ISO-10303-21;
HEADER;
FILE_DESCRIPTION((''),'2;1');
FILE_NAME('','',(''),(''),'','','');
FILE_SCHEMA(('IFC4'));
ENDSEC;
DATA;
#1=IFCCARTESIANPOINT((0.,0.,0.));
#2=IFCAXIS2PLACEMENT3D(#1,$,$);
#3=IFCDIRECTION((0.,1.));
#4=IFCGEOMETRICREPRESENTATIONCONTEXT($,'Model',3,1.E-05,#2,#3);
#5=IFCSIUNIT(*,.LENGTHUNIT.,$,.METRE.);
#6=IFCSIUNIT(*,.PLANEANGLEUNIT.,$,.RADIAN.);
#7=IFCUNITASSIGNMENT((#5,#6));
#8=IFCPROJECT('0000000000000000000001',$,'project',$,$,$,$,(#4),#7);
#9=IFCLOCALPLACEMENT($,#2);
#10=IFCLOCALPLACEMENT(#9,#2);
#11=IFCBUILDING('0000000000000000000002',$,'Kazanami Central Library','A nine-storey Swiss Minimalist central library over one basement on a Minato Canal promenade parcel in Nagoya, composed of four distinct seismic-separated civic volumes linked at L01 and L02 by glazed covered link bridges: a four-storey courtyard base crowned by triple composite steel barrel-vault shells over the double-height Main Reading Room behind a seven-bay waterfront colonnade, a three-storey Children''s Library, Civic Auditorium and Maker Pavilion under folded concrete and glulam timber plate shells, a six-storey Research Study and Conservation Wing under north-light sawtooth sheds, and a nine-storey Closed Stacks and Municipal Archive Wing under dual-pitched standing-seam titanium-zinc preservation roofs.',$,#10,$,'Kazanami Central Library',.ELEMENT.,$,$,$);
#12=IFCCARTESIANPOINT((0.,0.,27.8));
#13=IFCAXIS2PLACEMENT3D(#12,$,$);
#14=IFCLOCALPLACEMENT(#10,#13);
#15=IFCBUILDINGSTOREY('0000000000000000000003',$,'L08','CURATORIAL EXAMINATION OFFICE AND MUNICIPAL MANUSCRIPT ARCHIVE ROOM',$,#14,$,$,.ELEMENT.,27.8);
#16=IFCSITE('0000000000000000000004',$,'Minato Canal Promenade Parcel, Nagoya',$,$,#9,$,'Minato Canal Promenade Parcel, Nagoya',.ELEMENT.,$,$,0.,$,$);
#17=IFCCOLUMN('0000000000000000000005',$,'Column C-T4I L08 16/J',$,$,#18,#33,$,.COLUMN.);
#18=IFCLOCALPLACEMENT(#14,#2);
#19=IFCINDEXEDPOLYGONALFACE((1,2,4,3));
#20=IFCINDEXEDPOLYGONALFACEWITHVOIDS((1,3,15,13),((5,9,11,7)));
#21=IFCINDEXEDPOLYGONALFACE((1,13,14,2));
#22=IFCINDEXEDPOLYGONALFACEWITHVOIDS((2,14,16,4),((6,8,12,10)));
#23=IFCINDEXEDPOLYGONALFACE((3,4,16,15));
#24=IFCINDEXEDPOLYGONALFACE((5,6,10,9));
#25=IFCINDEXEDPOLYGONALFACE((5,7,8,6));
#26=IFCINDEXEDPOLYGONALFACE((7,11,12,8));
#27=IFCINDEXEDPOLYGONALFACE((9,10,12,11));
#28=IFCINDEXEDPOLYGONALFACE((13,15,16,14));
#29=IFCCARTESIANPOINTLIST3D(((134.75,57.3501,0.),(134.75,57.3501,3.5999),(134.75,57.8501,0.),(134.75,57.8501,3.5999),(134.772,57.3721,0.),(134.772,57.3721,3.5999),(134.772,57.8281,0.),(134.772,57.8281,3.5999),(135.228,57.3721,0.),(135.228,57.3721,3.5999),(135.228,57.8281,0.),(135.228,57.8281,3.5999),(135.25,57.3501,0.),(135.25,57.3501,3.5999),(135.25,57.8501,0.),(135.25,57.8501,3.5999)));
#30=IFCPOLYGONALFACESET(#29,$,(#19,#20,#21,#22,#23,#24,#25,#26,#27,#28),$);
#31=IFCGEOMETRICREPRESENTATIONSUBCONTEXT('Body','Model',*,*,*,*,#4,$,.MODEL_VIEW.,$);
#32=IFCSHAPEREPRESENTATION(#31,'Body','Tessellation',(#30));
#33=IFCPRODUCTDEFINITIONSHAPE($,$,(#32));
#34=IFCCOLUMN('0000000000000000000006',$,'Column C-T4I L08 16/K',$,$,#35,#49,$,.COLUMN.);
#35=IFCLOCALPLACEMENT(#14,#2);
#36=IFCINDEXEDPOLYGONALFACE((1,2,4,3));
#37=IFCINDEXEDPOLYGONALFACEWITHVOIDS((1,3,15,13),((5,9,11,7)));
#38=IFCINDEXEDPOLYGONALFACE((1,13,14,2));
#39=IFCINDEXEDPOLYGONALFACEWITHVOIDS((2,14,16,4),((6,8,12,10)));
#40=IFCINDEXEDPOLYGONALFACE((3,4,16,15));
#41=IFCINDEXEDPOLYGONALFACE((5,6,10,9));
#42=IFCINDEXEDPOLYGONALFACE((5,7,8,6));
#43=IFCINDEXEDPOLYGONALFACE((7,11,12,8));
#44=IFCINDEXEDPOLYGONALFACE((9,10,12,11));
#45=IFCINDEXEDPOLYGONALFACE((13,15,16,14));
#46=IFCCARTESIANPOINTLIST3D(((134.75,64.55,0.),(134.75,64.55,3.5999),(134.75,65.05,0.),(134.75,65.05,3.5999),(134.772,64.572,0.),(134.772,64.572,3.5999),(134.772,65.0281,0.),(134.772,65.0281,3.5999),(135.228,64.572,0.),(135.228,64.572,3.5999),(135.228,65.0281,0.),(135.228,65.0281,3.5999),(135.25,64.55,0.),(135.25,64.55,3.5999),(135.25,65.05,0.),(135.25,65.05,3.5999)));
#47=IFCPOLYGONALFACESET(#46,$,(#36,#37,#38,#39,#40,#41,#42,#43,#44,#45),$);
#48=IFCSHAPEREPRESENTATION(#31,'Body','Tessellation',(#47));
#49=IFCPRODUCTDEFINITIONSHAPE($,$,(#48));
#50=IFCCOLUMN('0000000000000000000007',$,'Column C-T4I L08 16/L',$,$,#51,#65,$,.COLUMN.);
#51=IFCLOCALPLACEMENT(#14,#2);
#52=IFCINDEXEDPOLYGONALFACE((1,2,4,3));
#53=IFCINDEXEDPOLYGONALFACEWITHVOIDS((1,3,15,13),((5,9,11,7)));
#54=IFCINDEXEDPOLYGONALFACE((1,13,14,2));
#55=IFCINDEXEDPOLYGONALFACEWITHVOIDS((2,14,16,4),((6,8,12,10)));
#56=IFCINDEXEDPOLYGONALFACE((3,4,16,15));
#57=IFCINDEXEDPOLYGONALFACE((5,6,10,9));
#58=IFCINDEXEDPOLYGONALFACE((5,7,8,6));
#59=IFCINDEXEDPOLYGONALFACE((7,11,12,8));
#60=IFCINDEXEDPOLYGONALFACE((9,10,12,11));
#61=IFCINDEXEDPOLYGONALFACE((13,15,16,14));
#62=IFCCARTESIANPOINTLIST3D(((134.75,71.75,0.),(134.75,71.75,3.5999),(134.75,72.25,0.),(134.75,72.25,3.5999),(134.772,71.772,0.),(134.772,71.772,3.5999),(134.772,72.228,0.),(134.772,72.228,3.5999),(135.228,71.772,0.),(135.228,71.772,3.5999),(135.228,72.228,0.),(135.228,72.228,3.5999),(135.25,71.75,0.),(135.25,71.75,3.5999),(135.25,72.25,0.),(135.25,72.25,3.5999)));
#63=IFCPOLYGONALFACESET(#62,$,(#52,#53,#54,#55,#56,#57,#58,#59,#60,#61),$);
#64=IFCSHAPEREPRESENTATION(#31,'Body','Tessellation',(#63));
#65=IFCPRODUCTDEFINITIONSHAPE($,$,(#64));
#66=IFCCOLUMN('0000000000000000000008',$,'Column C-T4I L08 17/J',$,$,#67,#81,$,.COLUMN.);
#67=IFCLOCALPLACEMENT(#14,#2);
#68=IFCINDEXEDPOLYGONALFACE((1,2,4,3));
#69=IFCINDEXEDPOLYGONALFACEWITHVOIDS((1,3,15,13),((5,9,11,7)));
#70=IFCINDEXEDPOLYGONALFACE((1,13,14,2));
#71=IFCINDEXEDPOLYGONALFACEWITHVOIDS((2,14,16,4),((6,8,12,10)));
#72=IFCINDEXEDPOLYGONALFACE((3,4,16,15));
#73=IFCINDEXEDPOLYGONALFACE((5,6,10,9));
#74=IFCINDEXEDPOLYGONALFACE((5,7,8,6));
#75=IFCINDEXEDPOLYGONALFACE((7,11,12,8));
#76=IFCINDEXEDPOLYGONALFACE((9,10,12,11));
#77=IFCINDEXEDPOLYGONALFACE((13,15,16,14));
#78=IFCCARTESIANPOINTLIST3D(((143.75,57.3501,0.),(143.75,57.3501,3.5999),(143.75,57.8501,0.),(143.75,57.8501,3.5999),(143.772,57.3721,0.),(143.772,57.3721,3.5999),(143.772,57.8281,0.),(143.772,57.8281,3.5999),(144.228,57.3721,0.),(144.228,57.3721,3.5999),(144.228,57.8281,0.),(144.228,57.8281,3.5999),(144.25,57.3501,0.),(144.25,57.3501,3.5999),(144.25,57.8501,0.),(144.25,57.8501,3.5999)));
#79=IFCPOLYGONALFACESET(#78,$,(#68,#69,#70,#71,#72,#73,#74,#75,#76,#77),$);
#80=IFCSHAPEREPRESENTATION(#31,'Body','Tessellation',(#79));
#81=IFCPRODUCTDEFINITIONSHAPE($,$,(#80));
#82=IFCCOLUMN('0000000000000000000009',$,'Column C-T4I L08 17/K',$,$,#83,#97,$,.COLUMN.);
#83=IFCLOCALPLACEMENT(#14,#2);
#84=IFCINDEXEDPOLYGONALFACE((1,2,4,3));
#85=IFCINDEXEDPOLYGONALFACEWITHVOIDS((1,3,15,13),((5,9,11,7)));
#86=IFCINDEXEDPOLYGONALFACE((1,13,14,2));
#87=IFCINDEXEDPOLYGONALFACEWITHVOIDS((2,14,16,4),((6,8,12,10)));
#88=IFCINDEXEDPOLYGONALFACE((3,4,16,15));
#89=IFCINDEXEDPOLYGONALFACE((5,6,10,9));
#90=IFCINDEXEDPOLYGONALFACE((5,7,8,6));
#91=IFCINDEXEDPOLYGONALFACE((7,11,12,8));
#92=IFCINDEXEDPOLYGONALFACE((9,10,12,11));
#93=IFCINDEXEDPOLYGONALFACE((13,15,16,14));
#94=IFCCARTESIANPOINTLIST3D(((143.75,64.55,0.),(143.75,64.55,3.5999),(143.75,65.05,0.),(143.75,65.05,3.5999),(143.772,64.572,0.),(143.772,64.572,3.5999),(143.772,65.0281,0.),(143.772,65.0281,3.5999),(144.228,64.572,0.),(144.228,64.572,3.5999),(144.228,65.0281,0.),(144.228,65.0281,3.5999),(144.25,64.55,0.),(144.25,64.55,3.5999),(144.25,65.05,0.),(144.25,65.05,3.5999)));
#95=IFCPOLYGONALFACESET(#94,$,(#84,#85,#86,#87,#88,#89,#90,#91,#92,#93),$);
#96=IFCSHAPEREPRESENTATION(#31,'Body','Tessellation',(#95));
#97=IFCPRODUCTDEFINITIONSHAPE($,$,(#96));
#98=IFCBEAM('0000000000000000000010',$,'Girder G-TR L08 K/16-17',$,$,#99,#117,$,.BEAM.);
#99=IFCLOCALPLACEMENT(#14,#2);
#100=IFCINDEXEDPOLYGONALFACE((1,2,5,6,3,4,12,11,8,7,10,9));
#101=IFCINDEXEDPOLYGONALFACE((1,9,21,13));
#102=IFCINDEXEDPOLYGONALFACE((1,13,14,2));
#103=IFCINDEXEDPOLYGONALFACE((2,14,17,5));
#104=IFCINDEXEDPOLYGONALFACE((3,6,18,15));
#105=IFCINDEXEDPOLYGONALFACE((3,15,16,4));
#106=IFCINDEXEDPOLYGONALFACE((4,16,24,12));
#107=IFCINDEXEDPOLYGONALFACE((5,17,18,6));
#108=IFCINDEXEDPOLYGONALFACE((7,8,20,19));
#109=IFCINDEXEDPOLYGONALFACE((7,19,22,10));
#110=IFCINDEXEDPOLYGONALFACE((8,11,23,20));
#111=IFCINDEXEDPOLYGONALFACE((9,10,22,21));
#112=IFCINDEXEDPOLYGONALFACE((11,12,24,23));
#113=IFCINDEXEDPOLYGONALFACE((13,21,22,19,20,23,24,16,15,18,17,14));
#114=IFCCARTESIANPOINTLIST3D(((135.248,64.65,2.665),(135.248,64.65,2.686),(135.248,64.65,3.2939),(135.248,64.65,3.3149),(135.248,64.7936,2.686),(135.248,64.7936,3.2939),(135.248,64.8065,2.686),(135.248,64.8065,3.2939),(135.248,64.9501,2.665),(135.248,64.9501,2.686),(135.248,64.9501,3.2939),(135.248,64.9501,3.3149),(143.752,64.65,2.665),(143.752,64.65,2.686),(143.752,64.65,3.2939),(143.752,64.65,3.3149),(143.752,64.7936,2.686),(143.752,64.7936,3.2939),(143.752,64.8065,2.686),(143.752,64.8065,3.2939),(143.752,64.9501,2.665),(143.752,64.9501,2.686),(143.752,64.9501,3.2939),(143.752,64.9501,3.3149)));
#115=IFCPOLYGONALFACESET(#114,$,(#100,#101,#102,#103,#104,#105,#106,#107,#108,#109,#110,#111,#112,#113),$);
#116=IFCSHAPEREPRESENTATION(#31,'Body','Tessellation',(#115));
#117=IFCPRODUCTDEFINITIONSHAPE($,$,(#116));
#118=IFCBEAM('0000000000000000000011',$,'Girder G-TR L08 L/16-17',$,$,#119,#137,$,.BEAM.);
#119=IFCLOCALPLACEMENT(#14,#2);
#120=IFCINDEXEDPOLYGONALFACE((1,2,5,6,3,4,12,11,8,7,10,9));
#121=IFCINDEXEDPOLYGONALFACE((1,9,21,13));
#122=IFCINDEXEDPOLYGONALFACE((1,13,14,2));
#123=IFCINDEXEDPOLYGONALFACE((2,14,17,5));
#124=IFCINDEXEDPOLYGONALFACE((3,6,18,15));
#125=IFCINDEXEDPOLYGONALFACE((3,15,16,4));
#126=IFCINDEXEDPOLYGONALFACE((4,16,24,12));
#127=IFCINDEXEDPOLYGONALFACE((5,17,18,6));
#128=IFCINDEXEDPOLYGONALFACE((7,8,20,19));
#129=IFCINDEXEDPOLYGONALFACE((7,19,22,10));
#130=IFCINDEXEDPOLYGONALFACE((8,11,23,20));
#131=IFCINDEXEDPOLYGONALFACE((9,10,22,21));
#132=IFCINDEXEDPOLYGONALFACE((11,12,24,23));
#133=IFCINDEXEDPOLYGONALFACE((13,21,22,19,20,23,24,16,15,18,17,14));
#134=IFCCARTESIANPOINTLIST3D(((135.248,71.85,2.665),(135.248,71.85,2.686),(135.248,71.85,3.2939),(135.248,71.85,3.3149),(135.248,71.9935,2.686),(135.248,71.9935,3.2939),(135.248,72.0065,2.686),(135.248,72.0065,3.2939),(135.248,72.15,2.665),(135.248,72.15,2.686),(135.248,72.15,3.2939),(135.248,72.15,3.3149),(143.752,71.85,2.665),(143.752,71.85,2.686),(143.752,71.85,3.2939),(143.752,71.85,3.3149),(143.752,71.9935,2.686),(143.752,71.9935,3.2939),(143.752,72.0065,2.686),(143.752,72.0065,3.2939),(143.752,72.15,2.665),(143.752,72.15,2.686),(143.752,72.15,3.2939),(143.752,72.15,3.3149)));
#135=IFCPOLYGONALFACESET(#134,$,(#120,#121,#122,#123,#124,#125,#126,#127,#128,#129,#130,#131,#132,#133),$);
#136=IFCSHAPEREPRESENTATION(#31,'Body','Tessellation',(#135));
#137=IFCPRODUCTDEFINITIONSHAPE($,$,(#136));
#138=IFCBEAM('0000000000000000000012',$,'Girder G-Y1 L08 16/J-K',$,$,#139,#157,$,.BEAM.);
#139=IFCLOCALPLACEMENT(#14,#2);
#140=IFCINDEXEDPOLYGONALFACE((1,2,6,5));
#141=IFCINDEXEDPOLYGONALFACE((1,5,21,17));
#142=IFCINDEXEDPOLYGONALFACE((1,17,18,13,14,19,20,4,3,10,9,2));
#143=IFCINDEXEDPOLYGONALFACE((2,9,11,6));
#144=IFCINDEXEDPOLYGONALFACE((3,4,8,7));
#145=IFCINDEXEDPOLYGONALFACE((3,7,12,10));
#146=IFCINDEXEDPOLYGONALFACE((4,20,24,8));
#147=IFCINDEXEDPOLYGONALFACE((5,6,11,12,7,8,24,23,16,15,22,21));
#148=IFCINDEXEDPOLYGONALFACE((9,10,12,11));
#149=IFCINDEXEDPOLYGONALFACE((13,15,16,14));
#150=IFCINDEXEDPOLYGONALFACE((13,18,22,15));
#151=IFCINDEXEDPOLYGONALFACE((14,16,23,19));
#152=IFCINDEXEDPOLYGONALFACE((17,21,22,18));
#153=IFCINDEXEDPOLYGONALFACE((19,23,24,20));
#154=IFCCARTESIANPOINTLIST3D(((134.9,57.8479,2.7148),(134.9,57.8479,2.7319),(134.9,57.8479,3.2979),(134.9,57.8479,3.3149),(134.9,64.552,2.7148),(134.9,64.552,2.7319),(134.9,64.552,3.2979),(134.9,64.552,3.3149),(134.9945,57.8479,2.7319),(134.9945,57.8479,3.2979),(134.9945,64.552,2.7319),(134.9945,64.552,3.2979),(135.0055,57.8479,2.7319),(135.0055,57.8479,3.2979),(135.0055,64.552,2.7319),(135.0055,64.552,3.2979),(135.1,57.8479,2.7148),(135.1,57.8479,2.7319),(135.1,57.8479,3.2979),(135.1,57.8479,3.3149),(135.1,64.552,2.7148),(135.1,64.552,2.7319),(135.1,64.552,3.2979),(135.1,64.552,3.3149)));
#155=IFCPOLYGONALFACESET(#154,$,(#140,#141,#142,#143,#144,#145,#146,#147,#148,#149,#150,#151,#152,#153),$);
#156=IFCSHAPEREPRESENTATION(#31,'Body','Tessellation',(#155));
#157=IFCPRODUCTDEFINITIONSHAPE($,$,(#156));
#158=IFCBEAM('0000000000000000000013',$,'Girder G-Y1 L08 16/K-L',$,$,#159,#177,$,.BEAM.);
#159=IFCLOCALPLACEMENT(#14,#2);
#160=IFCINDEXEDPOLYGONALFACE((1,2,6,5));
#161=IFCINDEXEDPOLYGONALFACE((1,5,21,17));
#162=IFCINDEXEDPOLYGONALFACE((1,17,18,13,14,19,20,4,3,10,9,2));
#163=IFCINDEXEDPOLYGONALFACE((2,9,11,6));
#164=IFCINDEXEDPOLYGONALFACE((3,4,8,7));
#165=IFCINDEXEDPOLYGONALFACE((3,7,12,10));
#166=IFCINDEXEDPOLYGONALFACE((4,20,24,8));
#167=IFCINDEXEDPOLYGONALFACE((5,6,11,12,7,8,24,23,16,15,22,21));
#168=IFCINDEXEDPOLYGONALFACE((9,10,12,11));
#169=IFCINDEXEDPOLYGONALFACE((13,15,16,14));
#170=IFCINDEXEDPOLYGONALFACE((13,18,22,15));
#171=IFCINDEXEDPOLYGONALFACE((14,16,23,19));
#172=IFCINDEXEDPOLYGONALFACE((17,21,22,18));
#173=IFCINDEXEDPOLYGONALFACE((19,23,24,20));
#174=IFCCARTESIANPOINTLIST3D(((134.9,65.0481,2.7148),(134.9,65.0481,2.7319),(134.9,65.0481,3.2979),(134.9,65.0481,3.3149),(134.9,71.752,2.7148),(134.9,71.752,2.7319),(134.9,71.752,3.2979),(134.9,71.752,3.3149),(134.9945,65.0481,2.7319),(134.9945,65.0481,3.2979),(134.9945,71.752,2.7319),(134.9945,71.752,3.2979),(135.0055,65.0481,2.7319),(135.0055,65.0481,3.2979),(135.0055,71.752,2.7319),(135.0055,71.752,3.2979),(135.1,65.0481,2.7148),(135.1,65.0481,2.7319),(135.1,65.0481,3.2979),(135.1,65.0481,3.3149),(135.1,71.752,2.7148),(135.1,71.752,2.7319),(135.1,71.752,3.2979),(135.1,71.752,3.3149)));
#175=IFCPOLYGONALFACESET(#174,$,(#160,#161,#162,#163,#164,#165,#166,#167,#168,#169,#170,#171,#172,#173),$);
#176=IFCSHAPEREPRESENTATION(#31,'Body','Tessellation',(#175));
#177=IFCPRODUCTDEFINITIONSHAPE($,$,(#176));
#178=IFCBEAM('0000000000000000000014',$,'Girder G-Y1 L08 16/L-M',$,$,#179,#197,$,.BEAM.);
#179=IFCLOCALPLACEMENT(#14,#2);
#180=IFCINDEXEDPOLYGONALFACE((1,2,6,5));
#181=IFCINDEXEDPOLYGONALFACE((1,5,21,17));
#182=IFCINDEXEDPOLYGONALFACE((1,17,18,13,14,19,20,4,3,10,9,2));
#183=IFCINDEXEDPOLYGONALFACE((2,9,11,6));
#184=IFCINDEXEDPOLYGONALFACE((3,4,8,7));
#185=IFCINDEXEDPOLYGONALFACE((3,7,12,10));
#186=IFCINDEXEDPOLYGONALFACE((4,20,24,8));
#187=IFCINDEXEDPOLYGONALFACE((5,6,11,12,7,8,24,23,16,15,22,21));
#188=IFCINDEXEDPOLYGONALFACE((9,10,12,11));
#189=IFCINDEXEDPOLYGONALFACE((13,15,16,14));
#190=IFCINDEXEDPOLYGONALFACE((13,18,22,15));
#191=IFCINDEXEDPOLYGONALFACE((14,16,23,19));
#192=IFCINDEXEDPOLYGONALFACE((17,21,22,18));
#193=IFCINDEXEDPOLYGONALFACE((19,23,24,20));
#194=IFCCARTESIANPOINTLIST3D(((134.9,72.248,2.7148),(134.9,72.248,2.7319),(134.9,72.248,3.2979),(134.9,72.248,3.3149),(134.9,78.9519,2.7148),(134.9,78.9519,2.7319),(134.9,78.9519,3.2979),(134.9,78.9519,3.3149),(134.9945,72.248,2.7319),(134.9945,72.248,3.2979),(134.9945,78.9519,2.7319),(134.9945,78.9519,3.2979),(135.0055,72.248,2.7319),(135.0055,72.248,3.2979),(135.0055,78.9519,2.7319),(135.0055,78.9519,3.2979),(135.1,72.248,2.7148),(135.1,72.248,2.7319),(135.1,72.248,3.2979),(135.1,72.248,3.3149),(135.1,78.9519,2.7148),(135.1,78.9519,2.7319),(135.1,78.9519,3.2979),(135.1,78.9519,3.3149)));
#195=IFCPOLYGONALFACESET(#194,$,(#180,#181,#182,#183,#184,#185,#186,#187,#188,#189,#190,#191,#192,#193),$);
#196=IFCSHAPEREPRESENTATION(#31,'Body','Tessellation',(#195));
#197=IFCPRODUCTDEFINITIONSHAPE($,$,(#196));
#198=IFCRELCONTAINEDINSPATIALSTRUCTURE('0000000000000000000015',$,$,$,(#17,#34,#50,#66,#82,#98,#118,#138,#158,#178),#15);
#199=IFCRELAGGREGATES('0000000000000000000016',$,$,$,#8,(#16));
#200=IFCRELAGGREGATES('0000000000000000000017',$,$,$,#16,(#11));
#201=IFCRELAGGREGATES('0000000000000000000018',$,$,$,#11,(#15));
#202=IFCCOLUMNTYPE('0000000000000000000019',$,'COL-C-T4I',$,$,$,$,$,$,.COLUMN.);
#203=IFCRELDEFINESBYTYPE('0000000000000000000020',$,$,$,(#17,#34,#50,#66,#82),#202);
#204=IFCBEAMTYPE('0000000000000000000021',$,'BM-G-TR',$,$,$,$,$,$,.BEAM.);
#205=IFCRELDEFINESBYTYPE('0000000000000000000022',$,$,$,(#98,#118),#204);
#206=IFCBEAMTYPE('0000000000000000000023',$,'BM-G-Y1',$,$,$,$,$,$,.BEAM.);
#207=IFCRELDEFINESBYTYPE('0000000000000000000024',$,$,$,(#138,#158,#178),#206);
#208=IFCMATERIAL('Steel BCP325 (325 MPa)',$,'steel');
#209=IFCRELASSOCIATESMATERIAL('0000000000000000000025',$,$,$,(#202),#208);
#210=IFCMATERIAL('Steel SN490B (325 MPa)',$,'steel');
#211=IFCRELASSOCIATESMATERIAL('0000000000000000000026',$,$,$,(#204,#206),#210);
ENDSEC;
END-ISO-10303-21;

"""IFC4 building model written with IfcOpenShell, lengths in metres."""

from ifc_helpers import new_model, si_unit, direction, frame, origin, origin_2d, place, context, subcontext, project, spatial, hollow_rectangle, i_section, extrude, material, material_profile, profile_set, type_object, element, save


model = new_model("IFC4")

# Units and contexts
model_context = context("Model", 3, precision=1e-05, world=origin(), true_north=direction((0.0, 1.0)))
body_context = subcontext(model_context, "Body", "Model", "MODEL_VIEW")
ifc_project = project(units=[si_unit("LENGTHUNIT", "METRE"), si_unit("PLANEANGLEUNIT", "RADIAN")], contexts=[model_context])

# Site, building, storey
site_placement = place(None, origin())
site = spatial("IfcSite", under=ifc_project, at=site_placement, Name="Minato Canal Promenade Parcel, Nagoya", LongName="Minato Canal Promenade Parcel, Nagoya", CompositionType="ELEMENT", RefElevation=0.0)
building_placement = place(site_placement, origin())
building = spatial("IfcBuilding", under=site, at=building_placement, Name="Kazanami Central Library", Description="A nine-storey Swiss Minimalist central library over one basement on a Minato Canal promenade parcel in Nagoya, composed of four distinct seismic-separated civic volumes linked at L01 and L02 by glazed covered link bridges: a four-storey courtyard base crowned by triple composite steel barrel-vault shells over the double-height Main Reading Room behind a seven-bay waterfront colonnade, a three-storey Children's Library, Civic Auditorium and Maker Pavilion under folded concrete and glulam timber plate shells, a six-storey Research Study and Conservation Wing under north-light sawtooth sheds, and a nine-storey Closed Stacks and Municipal Archive Wing under dual-pitched standing-seam titanium-zinc preservation roofs.", LongName="Kazanami Central Library", CompositionType="ELEMENT")
storey_placement = place(building_placement, frame((0.0, 0.0, 27.8)))
storey = spatial("IfcBuildingStorey", under=building, at=storey_placement, Name="L08", Description="CURATORIAL EXAMINATION OFFICE AND MUNICIPAL MANUSCRIPT ARCHIVE ROOM", CompositionType="ELEMENT", Elevation=27.8)

# Columns
ifc_material_1 = material(Name="Steel BCP325 (325 MPa)", Category="steel")
ifc_material_profile_1 = material_profile(ifc_material_1, hollow_rectangle(XDim=0.5, YDim=0.5, WallThickness=0.022, at=origin_2d()), Name="BCP-500x500x22")
ifc_profile_set_1 = profile_set([ifc_material_profile_1], Name="Steel BCP325 (325 MPa)")
column_type = type_object("IfcColumnType", Name="COL-C-T4I", PredefinedType="COLUMN", material=ifc_profile_set_1)
for number, where, z_axis, x_axis, name in (
    (1, (135.0, 57.6001, 0.0), (0.0, 0.0, 1.0), (1.0, 0.0, 0.0), "Column C-T4I L08 16/J"),
    (2, (135.0, 64.8, 0.0), (0.0, 0.0, 1.0), (1.0, 0.0, 0.0), "Column C-T4I L08 16/K"),
    (3, (135.0, 72.0, 0.0), (0.0, 0.0, 1.0), (1.0, 0.0, 0.0), "Column C-T4I L08 16/L"),
    (4, (144.0, 57.6001, 0.0), (0.0, 0.0, 1.0), (1.0, 0.0, 0.0), "Column C-T4I L08 17/J"),
    (5, (144.0, 64.8, 0.0), (0.0, 0.0, 1.0), (1.0, 0.0, 0.0), "Column C-T4I L08 17/K"),
):
    element("IfcColumn", number, at=place(storey_placement, frame(where, z_axis=z_axis, x_axis=x_axis)), inside=storey, type_object=column_type, Name=name, PredefinedType="COLUMN", context=body_context, shape_type="SweptSolid", body=[
        extrude(hollow_rectangle(XDim=0.5, YDim=0.5, WallThickness=0.022, at=origin_2d()), origin(), (0.0, 0.0, 1.0), 3.5999),
    ])

# Beams
ifc_material_2 = material(Name="Steel SN490B (325 MPa)", Category="steel")
ifc_material_profile_2 = material_profile(ifc_material_2, i_section(OverallWidth=0.3, OverallDepth=0.6499, WebThickness=0.0129, FlangeThickness=0.021, at=origin_2d()), Name="H-650x300x13x21")
ifc_profile_set_2 = profile_set([ifc_material_profile_2], Name="Steel SN490B (325 MPa)")
beam_type_1 = type_object("IfcBeamType", Name="BM-G-TR", PredefinedType="BEAM", material=ifc_profile_set_2)
for number, where, z_axis, x_axis, name in (
    (6, (135.248, 64.8, 2.99), (1.0, 0.0, 0.0), (0.0, 1.0, 0.0), "Girder G-TR L08 K/16-17"),
    (7, (135.248, 72.0, 2.99), (1.0, 0.0, 0.0), (0.0, 1.0, 0.0), "Girder G-TR L08 L/16-17"),
):
    element("IfcBeam", number, at=place(storey_placement, frame(where, z_axis=z_axis, x_axis=x_axis)), inside=storey, type_object=beam_type_1, Name=name, PredefinedType="BEAM", context=body_context, shape_type="SweptSolid", body=[
        extrude(i_section(OverallWidth=0.3, OverallDepth=0.6499, WebThickness=0.0129, FlangeThickness=0.021, at=origin_2d()), origin(), (0.0, 0.0, 1.0), 8.5039),
    ])
ifc_material_profile_3 = material_profile(ifc_material_2, i_section(OverallWidth=0.2, OverallDepth=0.6001, WebThickness=0.011, FlangeThickness=0.0171, at=origin_2d()), Name="H-600x200x11x17")
ifc_profile_set_3 = profile_set([ifc_material_profile_3], Name="Steel SN490B (325 MPa)")
beam_type_2 = type_object("IfcBeamType", Name="BM-G-Y1", PredefinedType="BEAM", material=ifc_profile_set_3)
beam_1_placement = place(storey_placement, frame((135.0, 57.8479, 3.0149), z_axis=(0.0, 1.0, 0.0), x_axis=(-1.0, 0.0, 0.0)))
element("IfcBeam", 8, at=beam_1_placement, inside=storey, type_object=beam_type_2, Name="Girder G-Y1 L08 16/J-K", PredefinedType="BEAM", context=body_context, shape_type="SweptSolid", body=[
    extrude(i_section(OverallWidth=0.2, OverallDepth=0.6001, WebThickness=0.011, FlangeThickness=0.0171, at=origin_2d()), origin(), (0.0, 0.0, 1.0), 6.7041),
])
for number, where, z_axis, x_axis, name in (
    (9, (135.0, 65.0481, 3.0149), (0.0, 1.0, 0.0), (-1.0, 0.0, 0.0), "Girder G-Y1 L08 16/K-L"),
    (10, (135.0, 72.248, 3.0149), (0.0, 1.0, 0.0), (-1.0, 0.0, 0.0), "Girder G-Y1 L08 16/L-M"),
):
    element("IfcBeam", number, at=place(storey_placement, frame(where, z_axis=z_axis, x_axis=x_axis)), inside=storey, type_object=beam_type_2, Name=name, PredefinedType="BEAM", context=body_context, shape_type="SweptSolid", body=[
        extrude(i_section(OverallWidth=0.2, OverallDepth=0.6001, WebThickness=0.011, FlangeThickness=0.0171, at=origin_2d()), origin(), (0.0, 0.0, 1.0), 6.7039),
    ])

save(model, "model.ifc")
